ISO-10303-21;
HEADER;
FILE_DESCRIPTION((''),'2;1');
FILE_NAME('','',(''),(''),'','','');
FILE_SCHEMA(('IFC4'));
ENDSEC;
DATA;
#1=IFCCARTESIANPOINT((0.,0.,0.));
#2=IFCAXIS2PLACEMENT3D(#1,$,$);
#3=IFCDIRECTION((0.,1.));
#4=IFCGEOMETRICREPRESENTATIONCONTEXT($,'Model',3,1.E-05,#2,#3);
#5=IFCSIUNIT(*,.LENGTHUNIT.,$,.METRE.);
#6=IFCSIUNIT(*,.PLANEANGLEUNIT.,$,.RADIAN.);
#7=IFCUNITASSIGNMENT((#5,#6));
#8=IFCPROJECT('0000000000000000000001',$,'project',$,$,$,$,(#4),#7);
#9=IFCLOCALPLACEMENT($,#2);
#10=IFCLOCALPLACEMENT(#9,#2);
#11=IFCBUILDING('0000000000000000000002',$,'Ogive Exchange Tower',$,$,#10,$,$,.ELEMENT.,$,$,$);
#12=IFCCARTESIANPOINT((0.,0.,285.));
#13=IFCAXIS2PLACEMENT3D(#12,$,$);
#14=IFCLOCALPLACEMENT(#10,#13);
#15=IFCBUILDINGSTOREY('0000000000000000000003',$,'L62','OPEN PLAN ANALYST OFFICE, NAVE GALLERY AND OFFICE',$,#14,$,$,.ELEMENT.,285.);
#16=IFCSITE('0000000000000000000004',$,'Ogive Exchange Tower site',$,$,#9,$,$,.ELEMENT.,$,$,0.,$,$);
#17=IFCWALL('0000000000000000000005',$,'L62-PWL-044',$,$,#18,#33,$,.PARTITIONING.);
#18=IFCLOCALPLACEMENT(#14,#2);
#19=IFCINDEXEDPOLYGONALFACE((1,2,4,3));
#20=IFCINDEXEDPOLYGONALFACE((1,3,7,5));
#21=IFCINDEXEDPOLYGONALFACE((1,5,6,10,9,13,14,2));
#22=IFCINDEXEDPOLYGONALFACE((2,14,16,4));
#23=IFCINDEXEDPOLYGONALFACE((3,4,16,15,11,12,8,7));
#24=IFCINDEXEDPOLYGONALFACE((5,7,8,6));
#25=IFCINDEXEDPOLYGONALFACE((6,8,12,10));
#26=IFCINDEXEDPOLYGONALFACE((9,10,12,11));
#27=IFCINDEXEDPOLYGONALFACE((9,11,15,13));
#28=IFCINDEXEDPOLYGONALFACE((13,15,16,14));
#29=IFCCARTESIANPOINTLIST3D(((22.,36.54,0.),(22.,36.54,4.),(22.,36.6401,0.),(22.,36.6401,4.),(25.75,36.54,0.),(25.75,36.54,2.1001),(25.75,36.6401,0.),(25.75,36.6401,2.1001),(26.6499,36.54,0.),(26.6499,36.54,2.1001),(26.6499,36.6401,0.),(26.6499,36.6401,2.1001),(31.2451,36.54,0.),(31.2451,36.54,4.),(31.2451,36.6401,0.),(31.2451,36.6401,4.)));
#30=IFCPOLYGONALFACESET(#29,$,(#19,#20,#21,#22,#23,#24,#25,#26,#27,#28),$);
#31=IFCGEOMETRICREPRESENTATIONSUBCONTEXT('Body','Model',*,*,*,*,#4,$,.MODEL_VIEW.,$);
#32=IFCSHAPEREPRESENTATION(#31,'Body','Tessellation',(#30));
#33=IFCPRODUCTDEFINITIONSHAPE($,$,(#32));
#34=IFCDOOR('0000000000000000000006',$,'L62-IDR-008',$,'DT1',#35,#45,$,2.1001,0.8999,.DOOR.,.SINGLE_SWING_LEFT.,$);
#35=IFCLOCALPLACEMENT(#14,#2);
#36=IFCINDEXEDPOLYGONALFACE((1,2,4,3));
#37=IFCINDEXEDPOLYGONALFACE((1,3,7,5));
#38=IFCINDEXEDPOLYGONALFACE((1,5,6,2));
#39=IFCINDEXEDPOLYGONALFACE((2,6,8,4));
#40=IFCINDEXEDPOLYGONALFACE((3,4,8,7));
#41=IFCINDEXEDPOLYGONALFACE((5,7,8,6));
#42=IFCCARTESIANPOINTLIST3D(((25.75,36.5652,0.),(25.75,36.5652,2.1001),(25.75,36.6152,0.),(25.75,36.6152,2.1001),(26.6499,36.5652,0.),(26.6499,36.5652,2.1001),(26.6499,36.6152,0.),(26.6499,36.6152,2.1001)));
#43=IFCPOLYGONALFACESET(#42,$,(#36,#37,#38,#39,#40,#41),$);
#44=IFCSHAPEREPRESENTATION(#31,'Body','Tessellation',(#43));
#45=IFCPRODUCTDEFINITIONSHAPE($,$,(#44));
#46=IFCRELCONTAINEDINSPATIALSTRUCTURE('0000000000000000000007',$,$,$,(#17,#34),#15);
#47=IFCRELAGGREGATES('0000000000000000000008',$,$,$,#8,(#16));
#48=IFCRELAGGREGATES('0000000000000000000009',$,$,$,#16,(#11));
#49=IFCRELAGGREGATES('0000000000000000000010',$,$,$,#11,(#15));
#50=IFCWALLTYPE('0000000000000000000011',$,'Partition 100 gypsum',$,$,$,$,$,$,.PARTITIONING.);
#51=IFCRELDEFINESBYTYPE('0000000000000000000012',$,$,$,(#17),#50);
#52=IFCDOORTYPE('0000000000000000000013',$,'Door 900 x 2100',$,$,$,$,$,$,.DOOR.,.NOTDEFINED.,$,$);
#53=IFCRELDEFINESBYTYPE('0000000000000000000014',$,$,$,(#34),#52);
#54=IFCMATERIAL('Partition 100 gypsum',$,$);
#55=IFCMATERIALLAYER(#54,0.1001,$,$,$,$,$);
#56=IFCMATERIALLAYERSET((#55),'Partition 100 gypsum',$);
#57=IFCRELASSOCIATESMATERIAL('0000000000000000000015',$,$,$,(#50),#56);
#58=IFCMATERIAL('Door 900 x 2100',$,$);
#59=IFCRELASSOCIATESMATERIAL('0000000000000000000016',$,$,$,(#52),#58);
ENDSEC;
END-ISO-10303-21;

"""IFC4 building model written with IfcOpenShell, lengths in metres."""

from ifc_helpers import new_model, si_unit, direction, frame, frame_2d, origin, place, context, subcontext, project, spatial, rectangle, extrude, material, layer, layer_set, type_object, element, fill, save


model = new_model("IFC4")

# Units and contexts
model_context = context("Model", 3, precision=1e-05, world=origin(), true_north=direction((0.0, 1.0)))
body_context = subcontext(model_context, "Body", "Model", "MODEL_VIEW")
ifc_project = project(units=[si_unit("LENGTHUNIT", "METRE"), si_unit("PLANEANGLEUNIT", "RADIAN")], contexts=[model_context])

# Site, building, storey
site_placement = place(None, origin())
site = spatial("IfcSite", under=ifc_project, at=site_placement, Name="Ogive Exchange Tower site", CompositionType="ELEMENT", RefElevation=0.0)
building_placement = place(site_placement, origin())
building = spatial("IfcBuilding", under=site, at=building_placement, Name="Ogive Exchange Tower", CompositionType="ELEMENT")
storey_placement = place(building_placement, frame((0.0, 0.0, 285.0)))
storey = spatial("IfcBuildingStorey", under=building, at=storey_placement, Name="L62", Description="OPEN PLAN ANALYST OFFICE, NAVE GALLERY AND OFFICE", CompositionType="ELEMENT", Elevation=285.0)

# Shared definitions
ifc_material_1 = material(Name="Partition 100 gypsum")
ifc_layer_1 = layer(ifc_material_1, 0.1001)
ifc_layer_set_1 = layer_set([ifc_layer_1], Name="Partition 100 gypsum")
wall_type_1 = type_object("IfcWallType", Name="Partition 100 gypsum", PredefinedType="PARTITIONING", material=ifc_layer_set_1)

# Wall, opening, door
wall_1_placement = place(storey_placement, frame((22.0, 36.5901, 0.0), z_axis=(0.0, 0.0, 1.0), x_axis=(1.0, 0.0, 0.0)))
wall_1 = element("IfcWall", 1, at=wall_1_placement, inside=storey, type_object=wall_type_1, Name="L62-PWL-044", PredefinedType="PARTITIONING", context=body_context, shape_type="SweptSolid", body=[
    extrude(rectangle(XDim=9.2451, YDim=0.1001, at=frame_2d((4.6226, 0.0))), origin(), (0.0, 0.0, 1.0), 4.0),
])
opening_1_placement = place(wall_1_placement, frame((3.75, 0.0, 0.0)))
opening_1 = element("IfcOpeningElement", 2, at=opening_1_placement, cuts=wall_1, PredefinedType="OPENING", context=body_context, shape_type="SweptSolid", body=[
    extrude(rectangle(XDim=0.8999, YDim=2.1001, at=frame_2d((0.45, 1.05))), frame((0.0, 0.0601, 0.0), z_axis=(0.0, -1.0, 0.0), x_axis=(1.0, 0.0, 0.0)), (0.0, 0.0, 1.0), 0.1201),
])
ifc_material_2 = material(Name="Door 900 x 2100")
door_type_1 = type_object("IfcDoorType", Name="Door 900 x 2100", OperationType="NOTDEFINED", PredefinedType="DOOR", material=ifc_material_2)
door_1_placement = place(opening_1_placement, frame((0.8999, 0.0, 0.0), z_axis=(0.0, 0.0, 1.0), x_axis=(-1.0, 0.0, 0.0)))
door_1 = element("IfcDoor", 3, at=door_1_placement, inside=storey, type_object=door_type_1, Name="L62-IDR-008", ObjectType="DT1", OperationType="SINGLE_SWING_LEFT", OverallHeight=2.1001, OverallWidth=0.8999, PredefinedType="DOOR", context=body_context, shape_type="SweptSolid", body=[
    extrude(rectangle(XDim=0.8999, YDim=2.1001, at=frame_2d((0.45, 1.05))), frame((0.0, 0.0249, 0.0), z_axis=(0.0, -1.0, 0.0), x_axis=(1.0, 0.0, 0.0)), (0.0, 0.0, 1.0), 0.05),
])
fill(opening_1, door_1)

save(model, "model.ifc")
